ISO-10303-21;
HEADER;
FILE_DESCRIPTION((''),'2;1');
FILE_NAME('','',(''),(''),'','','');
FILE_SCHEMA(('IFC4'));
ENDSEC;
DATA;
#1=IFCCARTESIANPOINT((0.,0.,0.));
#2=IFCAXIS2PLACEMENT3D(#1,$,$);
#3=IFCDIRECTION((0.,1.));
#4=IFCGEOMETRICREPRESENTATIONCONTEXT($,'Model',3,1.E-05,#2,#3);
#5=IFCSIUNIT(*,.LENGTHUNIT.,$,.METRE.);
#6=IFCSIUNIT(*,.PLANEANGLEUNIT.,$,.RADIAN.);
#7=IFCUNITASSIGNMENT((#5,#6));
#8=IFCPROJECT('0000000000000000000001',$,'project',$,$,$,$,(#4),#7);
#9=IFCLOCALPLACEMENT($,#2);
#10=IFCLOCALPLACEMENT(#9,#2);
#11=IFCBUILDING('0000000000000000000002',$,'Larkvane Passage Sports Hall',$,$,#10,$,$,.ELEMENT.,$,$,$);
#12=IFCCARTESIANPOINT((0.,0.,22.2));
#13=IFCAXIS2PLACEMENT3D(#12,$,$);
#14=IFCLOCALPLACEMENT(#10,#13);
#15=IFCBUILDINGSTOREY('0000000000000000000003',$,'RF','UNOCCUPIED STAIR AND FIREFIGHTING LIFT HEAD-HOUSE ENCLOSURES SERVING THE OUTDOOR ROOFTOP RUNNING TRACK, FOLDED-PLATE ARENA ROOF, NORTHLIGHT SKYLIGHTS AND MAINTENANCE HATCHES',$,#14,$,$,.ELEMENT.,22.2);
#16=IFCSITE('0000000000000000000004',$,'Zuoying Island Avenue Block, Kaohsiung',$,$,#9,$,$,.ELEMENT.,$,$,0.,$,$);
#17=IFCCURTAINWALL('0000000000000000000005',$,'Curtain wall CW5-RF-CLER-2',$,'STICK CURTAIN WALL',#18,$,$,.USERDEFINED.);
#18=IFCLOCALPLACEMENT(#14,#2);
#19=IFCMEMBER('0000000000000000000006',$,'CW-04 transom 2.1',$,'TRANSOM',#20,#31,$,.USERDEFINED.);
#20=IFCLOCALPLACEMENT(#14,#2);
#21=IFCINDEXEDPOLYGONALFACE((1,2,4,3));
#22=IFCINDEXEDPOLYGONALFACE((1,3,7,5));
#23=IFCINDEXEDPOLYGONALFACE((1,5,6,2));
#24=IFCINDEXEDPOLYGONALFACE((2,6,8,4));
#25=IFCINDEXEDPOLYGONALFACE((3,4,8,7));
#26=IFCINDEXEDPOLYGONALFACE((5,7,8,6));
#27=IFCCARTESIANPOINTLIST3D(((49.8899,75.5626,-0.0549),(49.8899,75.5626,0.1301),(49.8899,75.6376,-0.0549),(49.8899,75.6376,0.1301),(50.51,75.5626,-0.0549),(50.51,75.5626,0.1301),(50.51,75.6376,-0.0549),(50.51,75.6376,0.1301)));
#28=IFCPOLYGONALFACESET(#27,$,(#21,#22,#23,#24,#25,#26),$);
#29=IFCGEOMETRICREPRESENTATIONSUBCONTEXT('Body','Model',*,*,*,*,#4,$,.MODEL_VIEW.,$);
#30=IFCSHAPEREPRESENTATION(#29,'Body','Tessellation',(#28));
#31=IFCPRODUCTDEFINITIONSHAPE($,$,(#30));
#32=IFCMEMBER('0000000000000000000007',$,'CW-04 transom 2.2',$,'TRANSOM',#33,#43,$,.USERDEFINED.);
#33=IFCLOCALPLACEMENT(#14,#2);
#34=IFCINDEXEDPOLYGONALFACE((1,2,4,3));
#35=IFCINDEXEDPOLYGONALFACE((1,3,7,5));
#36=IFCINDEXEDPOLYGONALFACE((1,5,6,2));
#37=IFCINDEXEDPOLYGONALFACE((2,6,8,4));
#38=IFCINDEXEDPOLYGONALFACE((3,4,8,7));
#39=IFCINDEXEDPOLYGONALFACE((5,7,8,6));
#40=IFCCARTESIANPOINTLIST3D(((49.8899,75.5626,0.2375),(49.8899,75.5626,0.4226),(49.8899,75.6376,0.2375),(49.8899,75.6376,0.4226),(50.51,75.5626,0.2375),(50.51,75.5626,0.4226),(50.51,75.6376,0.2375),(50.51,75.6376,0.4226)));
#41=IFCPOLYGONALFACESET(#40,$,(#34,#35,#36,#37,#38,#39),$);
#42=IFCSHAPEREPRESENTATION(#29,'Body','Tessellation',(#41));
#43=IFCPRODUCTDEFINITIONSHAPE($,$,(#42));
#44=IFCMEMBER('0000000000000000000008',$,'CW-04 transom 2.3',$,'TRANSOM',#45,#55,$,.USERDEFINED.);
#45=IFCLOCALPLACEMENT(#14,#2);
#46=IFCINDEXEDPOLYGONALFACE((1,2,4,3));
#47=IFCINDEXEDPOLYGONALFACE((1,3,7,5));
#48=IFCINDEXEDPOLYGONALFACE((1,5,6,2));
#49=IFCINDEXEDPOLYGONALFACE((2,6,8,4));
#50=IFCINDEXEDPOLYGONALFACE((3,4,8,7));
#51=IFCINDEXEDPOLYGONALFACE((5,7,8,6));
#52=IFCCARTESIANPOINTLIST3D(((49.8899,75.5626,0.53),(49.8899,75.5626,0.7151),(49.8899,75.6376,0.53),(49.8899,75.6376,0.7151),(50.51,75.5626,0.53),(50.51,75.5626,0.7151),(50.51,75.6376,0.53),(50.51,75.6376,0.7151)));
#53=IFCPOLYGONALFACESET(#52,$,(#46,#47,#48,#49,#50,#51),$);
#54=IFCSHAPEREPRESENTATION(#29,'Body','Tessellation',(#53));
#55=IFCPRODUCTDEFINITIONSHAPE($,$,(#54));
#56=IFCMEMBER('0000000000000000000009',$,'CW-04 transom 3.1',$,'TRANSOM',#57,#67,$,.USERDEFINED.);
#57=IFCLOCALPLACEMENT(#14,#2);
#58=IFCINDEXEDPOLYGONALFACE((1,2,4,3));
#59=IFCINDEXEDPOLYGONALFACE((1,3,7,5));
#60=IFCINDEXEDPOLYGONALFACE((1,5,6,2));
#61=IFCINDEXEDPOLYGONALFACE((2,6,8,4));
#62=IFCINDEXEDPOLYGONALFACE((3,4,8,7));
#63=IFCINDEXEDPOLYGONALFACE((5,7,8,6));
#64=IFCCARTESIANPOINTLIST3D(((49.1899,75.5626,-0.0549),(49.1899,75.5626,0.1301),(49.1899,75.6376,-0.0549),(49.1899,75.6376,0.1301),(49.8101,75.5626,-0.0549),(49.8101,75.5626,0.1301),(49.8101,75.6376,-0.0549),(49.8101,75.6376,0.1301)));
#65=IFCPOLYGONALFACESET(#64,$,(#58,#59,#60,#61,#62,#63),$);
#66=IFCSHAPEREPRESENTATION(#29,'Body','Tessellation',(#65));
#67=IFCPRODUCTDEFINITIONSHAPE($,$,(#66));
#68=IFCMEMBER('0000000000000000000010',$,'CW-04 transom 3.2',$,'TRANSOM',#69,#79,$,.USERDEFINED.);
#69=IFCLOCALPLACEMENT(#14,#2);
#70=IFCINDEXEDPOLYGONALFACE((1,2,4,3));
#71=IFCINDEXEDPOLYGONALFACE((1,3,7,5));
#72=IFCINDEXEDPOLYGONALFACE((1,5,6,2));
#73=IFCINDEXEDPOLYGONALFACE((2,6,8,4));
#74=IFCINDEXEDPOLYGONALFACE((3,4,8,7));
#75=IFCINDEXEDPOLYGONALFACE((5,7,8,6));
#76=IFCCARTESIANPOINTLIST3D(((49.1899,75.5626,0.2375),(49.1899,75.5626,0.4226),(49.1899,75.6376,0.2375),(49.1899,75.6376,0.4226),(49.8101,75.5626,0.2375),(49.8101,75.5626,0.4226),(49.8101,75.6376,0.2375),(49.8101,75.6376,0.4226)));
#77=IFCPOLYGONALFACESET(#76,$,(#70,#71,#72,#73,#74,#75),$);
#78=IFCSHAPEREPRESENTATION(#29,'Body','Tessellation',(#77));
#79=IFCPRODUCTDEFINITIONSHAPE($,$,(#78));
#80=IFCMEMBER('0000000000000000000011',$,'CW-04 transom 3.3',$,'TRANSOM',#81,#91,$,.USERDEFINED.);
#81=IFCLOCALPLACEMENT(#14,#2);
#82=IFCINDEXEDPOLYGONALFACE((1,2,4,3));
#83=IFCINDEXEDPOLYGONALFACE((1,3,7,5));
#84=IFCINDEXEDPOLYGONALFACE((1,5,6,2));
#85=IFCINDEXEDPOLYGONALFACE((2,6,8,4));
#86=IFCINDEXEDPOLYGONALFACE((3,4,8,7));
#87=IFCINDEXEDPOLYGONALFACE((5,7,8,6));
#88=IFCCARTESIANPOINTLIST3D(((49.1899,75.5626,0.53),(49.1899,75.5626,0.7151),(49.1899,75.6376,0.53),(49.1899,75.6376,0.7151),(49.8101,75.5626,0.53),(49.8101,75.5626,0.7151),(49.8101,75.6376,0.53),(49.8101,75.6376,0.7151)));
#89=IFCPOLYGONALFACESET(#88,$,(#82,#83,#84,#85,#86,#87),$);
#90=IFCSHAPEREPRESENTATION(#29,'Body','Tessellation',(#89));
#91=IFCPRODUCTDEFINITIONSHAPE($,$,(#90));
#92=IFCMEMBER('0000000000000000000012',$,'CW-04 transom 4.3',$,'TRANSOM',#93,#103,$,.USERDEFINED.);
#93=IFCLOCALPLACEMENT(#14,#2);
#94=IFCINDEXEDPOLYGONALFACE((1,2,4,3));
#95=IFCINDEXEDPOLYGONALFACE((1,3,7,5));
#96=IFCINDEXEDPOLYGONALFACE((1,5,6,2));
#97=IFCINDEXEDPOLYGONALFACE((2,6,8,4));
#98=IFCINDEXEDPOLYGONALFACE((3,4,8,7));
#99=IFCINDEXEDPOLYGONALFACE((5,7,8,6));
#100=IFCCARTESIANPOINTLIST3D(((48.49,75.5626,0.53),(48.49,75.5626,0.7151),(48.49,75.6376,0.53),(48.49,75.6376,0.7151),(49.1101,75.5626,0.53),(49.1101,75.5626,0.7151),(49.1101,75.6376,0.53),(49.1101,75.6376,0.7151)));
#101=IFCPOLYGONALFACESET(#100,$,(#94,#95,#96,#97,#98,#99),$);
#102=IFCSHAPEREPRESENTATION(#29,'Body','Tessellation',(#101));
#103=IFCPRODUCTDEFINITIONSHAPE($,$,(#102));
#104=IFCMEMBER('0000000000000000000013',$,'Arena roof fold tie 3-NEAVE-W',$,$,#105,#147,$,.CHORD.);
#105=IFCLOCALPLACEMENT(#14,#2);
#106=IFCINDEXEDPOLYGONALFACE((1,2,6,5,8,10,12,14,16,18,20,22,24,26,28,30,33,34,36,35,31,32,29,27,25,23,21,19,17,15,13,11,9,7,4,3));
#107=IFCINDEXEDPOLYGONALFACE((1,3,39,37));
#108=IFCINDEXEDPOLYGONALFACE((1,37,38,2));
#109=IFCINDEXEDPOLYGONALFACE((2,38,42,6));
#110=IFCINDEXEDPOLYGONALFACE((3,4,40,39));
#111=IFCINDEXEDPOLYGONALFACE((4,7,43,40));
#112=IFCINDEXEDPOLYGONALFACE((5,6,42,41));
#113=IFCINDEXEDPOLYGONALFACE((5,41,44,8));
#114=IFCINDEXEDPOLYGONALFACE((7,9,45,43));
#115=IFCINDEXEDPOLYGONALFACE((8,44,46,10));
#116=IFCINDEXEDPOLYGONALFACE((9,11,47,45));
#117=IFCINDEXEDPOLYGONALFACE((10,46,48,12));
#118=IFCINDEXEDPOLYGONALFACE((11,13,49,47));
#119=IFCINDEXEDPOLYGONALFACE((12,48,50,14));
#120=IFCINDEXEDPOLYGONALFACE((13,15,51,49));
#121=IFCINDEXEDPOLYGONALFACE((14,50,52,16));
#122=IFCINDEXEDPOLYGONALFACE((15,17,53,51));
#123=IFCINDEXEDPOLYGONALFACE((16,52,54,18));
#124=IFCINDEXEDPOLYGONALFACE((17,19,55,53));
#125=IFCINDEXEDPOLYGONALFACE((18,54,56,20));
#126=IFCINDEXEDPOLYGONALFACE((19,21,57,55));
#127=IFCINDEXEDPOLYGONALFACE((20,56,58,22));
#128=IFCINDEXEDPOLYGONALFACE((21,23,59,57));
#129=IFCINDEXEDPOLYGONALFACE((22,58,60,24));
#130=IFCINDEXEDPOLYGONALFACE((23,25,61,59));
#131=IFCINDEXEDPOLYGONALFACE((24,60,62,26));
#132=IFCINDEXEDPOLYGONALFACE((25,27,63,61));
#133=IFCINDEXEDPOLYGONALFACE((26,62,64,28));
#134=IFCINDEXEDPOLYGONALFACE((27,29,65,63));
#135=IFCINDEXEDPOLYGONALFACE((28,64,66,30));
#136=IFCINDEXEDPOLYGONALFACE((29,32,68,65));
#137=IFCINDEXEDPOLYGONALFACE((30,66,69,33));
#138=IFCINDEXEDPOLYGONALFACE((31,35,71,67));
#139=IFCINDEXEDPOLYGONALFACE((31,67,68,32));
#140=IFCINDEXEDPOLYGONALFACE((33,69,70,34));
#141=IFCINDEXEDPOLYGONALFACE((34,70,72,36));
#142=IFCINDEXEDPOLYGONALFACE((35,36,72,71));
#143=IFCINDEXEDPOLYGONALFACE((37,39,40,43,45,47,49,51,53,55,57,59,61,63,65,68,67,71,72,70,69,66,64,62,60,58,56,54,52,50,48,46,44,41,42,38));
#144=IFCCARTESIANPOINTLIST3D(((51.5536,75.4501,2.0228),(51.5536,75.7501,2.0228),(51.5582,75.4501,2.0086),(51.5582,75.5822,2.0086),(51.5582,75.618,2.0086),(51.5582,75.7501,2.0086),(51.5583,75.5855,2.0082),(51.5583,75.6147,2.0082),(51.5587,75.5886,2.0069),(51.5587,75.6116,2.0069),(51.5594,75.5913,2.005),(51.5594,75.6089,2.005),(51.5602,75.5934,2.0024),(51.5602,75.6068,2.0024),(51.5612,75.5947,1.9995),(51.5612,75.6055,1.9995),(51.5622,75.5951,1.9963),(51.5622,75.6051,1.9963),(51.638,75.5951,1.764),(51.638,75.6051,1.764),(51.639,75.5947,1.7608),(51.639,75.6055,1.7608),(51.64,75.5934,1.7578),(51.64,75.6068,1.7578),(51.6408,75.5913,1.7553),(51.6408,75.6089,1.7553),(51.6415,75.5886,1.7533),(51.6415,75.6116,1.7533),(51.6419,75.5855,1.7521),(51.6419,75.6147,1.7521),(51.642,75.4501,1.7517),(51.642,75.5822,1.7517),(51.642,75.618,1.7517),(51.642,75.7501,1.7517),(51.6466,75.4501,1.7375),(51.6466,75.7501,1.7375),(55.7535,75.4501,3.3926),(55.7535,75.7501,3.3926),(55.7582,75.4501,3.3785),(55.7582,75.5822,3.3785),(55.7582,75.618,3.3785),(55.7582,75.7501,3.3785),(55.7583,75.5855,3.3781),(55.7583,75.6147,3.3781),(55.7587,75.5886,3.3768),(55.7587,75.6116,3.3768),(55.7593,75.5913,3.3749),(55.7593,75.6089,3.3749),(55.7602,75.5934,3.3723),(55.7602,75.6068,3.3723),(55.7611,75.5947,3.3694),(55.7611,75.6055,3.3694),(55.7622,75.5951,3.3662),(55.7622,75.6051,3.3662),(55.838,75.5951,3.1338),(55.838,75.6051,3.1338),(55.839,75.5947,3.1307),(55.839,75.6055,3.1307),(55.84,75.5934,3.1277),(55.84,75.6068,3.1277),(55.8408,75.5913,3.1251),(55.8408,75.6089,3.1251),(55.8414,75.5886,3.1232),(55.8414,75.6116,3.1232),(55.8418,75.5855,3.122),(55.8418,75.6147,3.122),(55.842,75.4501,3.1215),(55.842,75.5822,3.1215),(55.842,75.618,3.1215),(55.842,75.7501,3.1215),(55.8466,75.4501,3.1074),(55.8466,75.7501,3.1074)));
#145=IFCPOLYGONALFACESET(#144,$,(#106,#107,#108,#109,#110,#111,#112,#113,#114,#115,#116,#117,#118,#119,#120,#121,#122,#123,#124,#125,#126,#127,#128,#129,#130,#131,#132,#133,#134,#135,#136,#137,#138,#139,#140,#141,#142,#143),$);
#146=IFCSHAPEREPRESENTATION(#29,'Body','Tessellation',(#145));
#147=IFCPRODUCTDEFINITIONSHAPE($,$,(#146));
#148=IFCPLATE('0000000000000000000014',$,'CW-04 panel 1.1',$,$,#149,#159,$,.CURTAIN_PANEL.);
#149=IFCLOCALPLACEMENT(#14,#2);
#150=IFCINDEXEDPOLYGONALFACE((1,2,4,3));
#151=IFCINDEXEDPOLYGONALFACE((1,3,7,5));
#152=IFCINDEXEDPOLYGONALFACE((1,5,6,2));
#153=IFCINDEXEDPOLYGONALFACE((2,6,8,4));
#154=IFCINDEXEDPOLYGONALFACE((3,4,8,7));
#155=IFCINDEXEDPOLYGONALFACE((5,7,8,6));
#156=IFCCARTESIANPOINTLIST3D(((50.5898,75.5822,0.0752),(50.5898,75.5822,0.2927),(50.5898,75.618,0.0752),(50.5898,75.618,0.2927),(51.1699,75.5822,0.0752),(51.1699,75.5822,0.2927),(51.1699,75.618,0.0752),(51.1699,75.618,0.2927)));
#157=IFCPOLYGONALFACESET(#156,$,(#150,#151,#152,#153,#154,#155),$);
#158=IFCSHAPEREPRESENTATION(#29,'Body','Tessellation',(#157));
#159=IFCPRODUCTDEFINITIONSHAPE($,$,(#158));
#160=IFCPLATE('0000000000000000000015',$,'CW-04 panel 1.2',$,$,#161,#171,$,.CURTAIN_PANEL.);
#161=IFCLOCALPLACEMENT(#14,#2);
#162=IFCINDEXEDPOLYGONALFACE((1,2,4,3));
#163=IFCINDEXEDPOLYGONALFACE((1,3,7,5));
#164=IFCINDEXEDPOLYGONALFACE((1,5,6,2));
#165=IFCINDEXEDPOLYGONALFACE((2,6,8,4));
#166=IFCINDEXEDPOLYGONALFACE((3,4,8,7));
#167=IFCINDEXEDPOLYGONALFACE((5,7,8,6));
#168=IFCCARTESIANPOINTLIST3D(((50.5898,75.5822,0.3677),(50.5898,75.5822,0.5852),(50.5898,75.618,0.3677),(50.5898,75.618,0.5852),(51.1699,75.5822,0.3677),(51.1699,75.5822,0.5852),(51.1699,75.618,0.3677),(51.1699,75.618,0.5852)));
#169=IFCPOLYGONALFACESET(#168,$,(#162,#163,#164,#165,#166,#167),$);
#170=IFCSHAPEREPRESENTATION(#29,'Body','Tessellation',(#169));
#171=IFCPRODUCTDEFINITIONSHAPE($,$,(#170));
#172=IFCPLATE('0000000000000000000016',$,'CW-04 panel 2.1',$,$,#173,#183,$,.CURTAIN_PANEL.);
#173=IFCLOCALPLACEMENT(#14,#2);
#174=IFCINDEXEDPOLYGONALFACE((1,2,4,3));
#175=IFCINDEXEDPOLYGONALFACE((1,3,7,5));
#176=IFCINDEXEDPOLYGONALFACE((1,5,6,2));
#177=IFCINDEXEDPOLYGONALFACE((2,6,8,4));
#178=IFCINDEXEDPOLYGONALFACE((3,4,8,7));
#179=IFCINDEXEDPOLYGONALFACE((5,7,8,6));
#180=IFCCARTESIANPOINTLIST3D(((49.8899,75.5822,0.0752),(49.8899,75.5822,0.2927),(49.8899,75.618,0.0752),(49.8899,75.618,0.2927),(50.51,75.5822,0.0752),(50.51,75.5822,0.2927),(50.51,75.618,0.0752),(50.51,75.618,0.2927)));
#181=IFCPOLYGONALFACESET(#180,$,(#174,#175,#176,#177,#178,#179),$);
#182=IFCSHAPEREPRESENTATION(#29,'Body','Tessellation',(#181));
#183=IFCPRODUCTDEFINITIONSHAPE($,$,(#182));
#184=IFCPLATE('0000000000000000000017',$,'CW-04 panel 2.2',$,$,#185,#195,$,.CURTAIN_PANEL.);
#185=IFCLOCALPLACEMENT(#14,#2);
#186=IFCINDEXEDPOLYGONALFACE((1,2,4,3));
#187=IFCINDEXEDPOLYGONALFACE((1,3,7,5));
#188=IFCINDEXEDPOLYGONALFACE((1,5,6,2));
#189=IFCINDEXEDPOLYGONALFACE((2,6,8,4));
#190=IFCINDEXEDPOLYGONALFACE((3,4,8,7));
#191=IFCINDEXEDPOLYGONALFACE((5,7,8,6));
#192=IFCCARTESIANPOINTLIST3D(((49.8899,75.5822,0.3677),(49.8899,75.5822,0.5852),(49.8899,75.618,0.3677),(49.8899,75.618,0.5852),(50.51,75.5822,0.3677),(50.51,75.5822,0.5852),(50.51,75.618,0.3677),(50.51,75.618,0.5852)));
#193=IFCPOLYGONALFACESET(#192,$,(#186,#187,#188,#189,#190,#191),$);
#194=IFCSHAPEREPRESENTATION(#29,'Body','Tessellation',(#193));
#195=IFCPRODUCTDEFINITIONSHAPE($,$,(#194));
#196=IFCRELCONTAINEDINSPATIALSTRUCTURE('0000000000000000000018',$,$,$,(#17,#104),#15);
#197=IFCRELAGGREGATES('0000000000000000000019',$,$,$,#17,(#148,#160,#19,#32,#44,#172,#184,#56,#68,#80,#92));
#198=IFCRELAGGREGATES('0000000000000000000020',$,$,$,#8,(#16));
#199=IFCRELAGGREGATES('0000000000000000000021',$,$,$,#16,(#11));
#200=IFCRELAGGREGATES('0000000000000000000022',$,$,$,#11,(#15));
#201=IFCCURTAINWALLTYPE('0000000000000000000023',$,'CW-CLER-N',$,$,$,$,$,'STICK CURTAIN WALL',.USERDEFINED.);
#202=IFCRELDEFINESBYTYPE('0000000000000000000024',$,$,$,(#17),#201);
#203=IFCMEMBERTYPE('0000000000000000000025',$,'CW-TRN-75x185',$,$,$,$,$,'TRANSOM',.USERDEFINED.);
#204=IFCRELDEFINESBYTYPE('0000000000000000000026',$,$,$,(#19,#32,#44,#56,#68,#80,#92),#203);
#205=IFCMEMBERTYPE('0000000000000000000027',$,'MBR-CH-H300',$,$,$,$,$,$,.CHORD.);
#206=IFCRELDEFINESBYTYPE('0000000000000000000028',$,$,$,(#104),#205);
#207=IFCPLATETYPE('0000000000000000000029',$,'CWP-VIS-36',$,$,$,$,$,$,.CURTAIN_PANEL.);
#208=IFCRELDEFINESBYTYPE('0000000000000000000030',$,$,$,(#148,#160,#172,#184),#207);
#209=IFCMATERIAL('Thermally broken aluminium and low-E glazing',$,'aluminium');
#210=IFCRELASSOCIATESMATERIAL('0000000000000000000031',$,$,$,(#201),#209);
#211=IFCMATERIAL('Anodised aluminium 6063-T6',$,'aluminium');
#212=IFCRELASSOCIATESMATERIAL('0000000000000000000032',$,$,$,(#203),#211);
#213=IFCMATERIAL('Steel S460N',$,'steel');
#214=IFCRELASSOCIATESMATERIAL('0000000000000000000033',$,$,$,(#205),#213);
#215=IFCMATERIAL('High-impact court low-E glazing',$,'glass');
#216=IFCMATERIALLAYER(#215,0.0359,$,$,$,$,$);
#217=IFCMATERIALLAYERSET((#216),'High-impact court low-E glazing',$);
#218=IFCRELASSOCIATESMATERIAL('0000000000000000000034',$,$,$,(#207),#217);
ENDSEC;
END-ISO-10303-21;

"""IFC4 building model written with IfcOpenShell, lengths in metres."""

from ifc_helpers import new_model, si_unit, direction, frame, origin, origin_2d, place, context, subcontext, project, spatial, rectangle, i_section, extrude, material, layer, layer_set, material_profile, profile_set, type_object, element, aggregate, save


model = new_model("IFC4")

# Units and contexts
model_context = context("Model", 3, precision=1e-05, world=origin(), true_north=direction((0.0, 1.0)))
body_context = subcontext(model_context, "Body", "Model", "MODEL_VIEW")
ifc_project = project(units=[si_unit("LENGTHUNIT", "METRE"), si_unit("PLANEANGLEUNIT", "RADIAN")], contexts=[model_context])

# Site, building, storey
site_placement = place(None, origin())
site = spatial("IfcSite", under=ifc_project, at=site_placement, Name="Zuoying Island Avenue Block, Kaohsiung", CompositionType="ELEMENT", RefElevation=0.0)
building_placement = place(site_placement, origin())
building = spatial("IfcBuilding", under=site, at=building_placement, Name="Larkvane Passage Sports Hall", CompositionType="ELEMENT")
storey_placement = place(building_placement, frame((0.0, 0.0, 22.2)))
storey = spatial("IfcBuildingStorey", under=building, at=storey_placement, Name="RF", Description="UNOCCUPIED STAIR AND FIREFIGHTING LIFT HEAD-HOUSE ENCLOSURES SERVING THE OUTDOOR ROOFTOP RUNNING TRACK, FOLDED-PLATE ARENA ROOF, NORTHLIGHT SKYLIGHTS AND MAINTENANCE HATCHES", CompositionType="ELEMENT", Elevation=22.2)

# Shared definitions
ifc_material_1 = material(Name="Steel S460N", Category="steel")

# Curtain wall, members
ifc_material_2 = material(Name="Thermally broken aluminium and low-E glazing", Category="aluminium")
curtain_wall_type = type_object("IfcCurtainWallType", Name="CW-CLER-N", ElementType="STICK CURTAIN WALL", PredefinedType="USERDEFINED", material=ifc_material_2)
curtain_wall_placement = place(storey_placement, origin())
curtain_wall = element("IfcCurtainWall", 1, at=curtain_wall_placement, inside=storey, type_object=curtain_wall_type, Name="Curtain wall CW5-RF-CLER-2", ObjectType="STICK CURTAIN WALL", PredefinedType="USERDEFINED")
ifc_material_3 = material(Name="Anodised aluminium 6063-T6", Category="aluminium")
ifc_material_profile_1 = material_profile(ifc_material_3, rectangle(XDim=0.075, YDim=0.1851, at=origin_2d()), Name="ALU-TRN-75x185")
ifc_profile_set_1 = profile_set([ifc_material_profile_1], Name="Anodised aluminium 6063-T6")
member_type_1 = type_object("IfcMemberType", Name="CW-TRN-75x185", ElementType="TRANSOM", PredefinedType="USERDEFINED", material=ifc_profile_set_1)
member_1_placement = place(storey_placement, frame((50.51, 75.6001, 0.0376), z_axis=(-1.0, 0.0, 0.0), x_axis=(0.0, -1.0, 0.0)))
member_1 = element("IfcMember", 2, at=member_1_placement, type_object=member_type_1, Name="CW-04 transom 2.1", ObjectType="TRANSOM", PredefinedType="USERDEFINED", context=body_context, shape_type="SweptSolid", body=[
    extrude(rectangle(XDim=0.075, YDim=0.1851, at=origin_2d()), origin(), (0.0, 0.0, 1.0), 0.6201),
])
member_2_placement = place(storey_placement, frame((50.51, 75.6001, 0.3301), z_axis=(-1.0, 0.0, 0.0), x_axis=(0.0, -1.0, 0.0)))
member_2 = element("IfcMember", 3, at=member_2_placement, type_object=member_type_1, Name="CW-04 transom 2.2", ObjectType="TRANSOM", PredefinedType="USERDEFINED", context=body_context, shape_type="SweptSolid", body=[
    extrude(rectangle(XDim=0.075, YDim=0.1851, at=origin_2d()), origin(), (0.0, 0.0, 1.0), 0.6201),
])
member_3_placement = place(storey_placement, frame((50.51, 75.6001, 0.6226), z_axis=(-1.0, 0.0, 0.0), x_axis=(0.0, -1.0, 0.0)))
member_3 = element("IfcMember", 4, at=member_3_placement, type_object=member_type_1, Name="CW-04 transom 2.3", ObjectType="TRANSOM", PredefinedType="USERDEFINED", context=body_context, shape_type="SweptSolid", body=[
    extrude(rectangle(XDim=0.075, YDim=0.1851, at=origin_2d()), origin(), (0.0, 0.0, 1.0), 0.6201),
])
member_4_placement = place(storey_placement, frame((49.8101, 75.6001, 0.0376), z_axis=(-1.0, 0.0, 0.0), x_axis=(0.0, -1.0, 0.0)))
member_4 = element("IfcMember", 5, at=member_4_placement, type_object=member_type_1, Name="CW-04 transom 3.1", ObjectType="TRANSOM", PredefinedType="USERDEFINED", context=body_context, shape_type="SweptSolid", body=[
    extrude(rectangle(XDim=0.075, YDim=0.1851, at=origin_2d()), origin(), (0.0, 0.0, 1.0), 0.6201),
])
member_5_placement = place(storey_placement, frame((49.8101, 75.6001, 0.3301), z_axis=(-1.0, 0.0, 0.0), x_axis=(0.0, -1.0, 0.0)))
member_5 = element("IfcMember", 6, at=member_5_placement, type_object=member_type_1, Name="CW-04 transom 3.2", ObjectType="TRANSOM", PredefinedType="USERDEFINED", context=body_context, shape_type="SweptSolid", body=[
    extrude(rectangle(XDim=0.075, YDim=0.1851, at=origin_2d()), origin(), (0.0, 0.0, 1.0), 0.6201),
])
member_6_placement = place(storey_placement, frame((49.8101, 75.6001, 0.6226), z_axis=(-1.0, 0.0, 0.0), x_axis=(0.0, -1.0, 0.0)))
member_6 = element("IfcMember", 7, at=member_6_placement, type_object=member_type_1, Name="CW-04 transom 3.3", ObjectType="TRANSOM", PredefinedType="USERDEFINED", context=body_context, shape_type="SweptSolid", body=[
    extrude(rectangle(XDim=0.075, YDim=0.1851, at=origin_2d()), origin(), (0.0, 0.0, 1.0), 0.6201),
])
member_7_placement = place(storey_placement, frame((49.1101, 75.6001, 0.6226), z_axis=(-1.0, 0.0, 0.0), x_axis=(0.0, -1.0, 0.0)))
member_7 = element("IfcMember", 8, at=member_7_placement, type_object=member_type_1, Name="CW-04 transom 4.3", ObjectType="TRANSOM", PredefinedType="USERDEFINED", context=body_context, shape_type="SweptSolid", body=[
    extrude(rectangle(XDim=0.075, YDim=0.1851, at=origin_2d()), origin(), (0.0, 0.0, 1.0), 0.6201),
])

# Member
ifc_material_profile_2 = material_profile(ifc_material_1, i_section(OverallWidth=0.3, OverallDepth=0.3, WebThickness=0.01, FlangeThickness=0.0149, FilletRadius=0.0129, at=origin_2d()), Name="H-300x300x10x15")
ifc_profile_set_2 = profile_set([ifc_material_profile_2], Name="Steel S460N")
member_type_2 = type_object("IfcMemberType", Name="MBR-CH-H300", PredefinedType="CHORD", material=ifc_profile_set_2)
member_8_placement = place(storey_placement, frame((51.6001, 75.6001, 1.8801), z_axis=(0.950708, 0.0, 0.310087), x_axis=(0.0, 1.0, 0.0)))
element("IfcMember", 9, at=member_8_placement, inside=storey, type_object=member_type_2, Name="Arena roof fold tie 3-NEAVE-W", PredefinedType="CHORD", context=body_context, shape_type="SweptSolid", body=[
    extrude(i_section(OverallWidth=0.3, OverallDepth=0.3, WebThickness=0.01, FlangeThickness=0.0149, FilletRadius=0.0129, at=origin_2d()), origin(), (0.0, 0.0, 1.0), 4.4177),
])

# Plates
ifc_material_4 = material(Name="High-impact court low-E glazing", Category="glass")
ifc_layer_1 = layer(ifc_material_4, 0.0359)
ifc_layer_set_1 = layer_set([ifc_layer_1], Name="High-impact court low-E glazing")
plate_type = type_object("IfcPlateType", Name="CWP-VIS-36", PredefinedType="CURTAIN_PANEL", material=ifc_layer_set_1)
plate_1_placement = place(storey_placement, frame((50.8799, 75.6001, 0.0752), z_axis=(0.0, 0.0, 1.0), x_axis=(-1.0, 0.0, 0.0)))
plate_1 = element("IfcPlate", 10, at=plate_1_placement, type_object=plate_type, Name="CW-04 panel 1.1", PredefinedType="CURTAIN_PANEL", context=body_context, shape_type="SweptSolid", body=[
    extrude(rectangle(XDim=0.5801, YDim=0.0359, at=origin_2d()), origin(), (0.0, 0.0, 1.0), 0.2175),
])
plate_2_placement = place(storey_placement, frame((50.8799, 75.6001, 0.3677), z_axis=(0.0, 0.0, 1.0), x_axis=(-1.0, 0.0, 0.0)))
plate_2 = element("IfcPlate", 11, at=plate_2_placement, type_object=plate_type, Name="CW-04 panel 1.2", PredefinedType="CURTAIN_PANEL", context=body_context, shape_type="SweptSolid", body=[
    extrude(rectangle(XDim=0.5801, YDim=0.0359, at=origin_2d()), origin(), (0.0, 0.0, 1.0), 0.2175),
])
plate_3_placement = place(storey_placement, frame((50.2, 75.6001, 0.0752), z_axis=(0.0, 0.0, 1.0), x_axis=(-1.0, 0.0, 0.0)))
plate_3 = element("IfcPlate", 12, at=plate_3_placement, type_object=plate_type, Name="CW-04 panel 2.1", PredefinedType="CURTAIN_PANEL", context=body_context, shape_type="SweptSolid", body=[
    extrude(rectangle(XDim=0.6201, YDim=0.0359, at=origin_2d()), origin(), (0.0, 0.0, 1.0), 0.2175),
])
plate_4_placement = place(storey_placement, frame((50.2, 75.6001, 0.3677), z_axis=(0.0, 0.0, 1.0), x_axis=(-1.0, 0.0, 0.0)))
plate_4 = element("IfcPlate", 13, at=plate_4_placement, type_object=plate_type, Name="CW-04 panel 2.2", PredefinedType="CURTAIN_PANEL", context=body_context, shape_type="SweptSolid", body=[
    extrude(rectangle(XDim=0.6201, YDim=0.0359, at=origin_2d()), origin(), (0.0, 0.0, 1.0), 0.2175),
])
aggregate(curtain_wall, [plate_1, plate_2, member_1, member_2, member_3, plate_3, plate_4, member_4, member_5, member_6, member_7])

save(model, "model.ifc")
